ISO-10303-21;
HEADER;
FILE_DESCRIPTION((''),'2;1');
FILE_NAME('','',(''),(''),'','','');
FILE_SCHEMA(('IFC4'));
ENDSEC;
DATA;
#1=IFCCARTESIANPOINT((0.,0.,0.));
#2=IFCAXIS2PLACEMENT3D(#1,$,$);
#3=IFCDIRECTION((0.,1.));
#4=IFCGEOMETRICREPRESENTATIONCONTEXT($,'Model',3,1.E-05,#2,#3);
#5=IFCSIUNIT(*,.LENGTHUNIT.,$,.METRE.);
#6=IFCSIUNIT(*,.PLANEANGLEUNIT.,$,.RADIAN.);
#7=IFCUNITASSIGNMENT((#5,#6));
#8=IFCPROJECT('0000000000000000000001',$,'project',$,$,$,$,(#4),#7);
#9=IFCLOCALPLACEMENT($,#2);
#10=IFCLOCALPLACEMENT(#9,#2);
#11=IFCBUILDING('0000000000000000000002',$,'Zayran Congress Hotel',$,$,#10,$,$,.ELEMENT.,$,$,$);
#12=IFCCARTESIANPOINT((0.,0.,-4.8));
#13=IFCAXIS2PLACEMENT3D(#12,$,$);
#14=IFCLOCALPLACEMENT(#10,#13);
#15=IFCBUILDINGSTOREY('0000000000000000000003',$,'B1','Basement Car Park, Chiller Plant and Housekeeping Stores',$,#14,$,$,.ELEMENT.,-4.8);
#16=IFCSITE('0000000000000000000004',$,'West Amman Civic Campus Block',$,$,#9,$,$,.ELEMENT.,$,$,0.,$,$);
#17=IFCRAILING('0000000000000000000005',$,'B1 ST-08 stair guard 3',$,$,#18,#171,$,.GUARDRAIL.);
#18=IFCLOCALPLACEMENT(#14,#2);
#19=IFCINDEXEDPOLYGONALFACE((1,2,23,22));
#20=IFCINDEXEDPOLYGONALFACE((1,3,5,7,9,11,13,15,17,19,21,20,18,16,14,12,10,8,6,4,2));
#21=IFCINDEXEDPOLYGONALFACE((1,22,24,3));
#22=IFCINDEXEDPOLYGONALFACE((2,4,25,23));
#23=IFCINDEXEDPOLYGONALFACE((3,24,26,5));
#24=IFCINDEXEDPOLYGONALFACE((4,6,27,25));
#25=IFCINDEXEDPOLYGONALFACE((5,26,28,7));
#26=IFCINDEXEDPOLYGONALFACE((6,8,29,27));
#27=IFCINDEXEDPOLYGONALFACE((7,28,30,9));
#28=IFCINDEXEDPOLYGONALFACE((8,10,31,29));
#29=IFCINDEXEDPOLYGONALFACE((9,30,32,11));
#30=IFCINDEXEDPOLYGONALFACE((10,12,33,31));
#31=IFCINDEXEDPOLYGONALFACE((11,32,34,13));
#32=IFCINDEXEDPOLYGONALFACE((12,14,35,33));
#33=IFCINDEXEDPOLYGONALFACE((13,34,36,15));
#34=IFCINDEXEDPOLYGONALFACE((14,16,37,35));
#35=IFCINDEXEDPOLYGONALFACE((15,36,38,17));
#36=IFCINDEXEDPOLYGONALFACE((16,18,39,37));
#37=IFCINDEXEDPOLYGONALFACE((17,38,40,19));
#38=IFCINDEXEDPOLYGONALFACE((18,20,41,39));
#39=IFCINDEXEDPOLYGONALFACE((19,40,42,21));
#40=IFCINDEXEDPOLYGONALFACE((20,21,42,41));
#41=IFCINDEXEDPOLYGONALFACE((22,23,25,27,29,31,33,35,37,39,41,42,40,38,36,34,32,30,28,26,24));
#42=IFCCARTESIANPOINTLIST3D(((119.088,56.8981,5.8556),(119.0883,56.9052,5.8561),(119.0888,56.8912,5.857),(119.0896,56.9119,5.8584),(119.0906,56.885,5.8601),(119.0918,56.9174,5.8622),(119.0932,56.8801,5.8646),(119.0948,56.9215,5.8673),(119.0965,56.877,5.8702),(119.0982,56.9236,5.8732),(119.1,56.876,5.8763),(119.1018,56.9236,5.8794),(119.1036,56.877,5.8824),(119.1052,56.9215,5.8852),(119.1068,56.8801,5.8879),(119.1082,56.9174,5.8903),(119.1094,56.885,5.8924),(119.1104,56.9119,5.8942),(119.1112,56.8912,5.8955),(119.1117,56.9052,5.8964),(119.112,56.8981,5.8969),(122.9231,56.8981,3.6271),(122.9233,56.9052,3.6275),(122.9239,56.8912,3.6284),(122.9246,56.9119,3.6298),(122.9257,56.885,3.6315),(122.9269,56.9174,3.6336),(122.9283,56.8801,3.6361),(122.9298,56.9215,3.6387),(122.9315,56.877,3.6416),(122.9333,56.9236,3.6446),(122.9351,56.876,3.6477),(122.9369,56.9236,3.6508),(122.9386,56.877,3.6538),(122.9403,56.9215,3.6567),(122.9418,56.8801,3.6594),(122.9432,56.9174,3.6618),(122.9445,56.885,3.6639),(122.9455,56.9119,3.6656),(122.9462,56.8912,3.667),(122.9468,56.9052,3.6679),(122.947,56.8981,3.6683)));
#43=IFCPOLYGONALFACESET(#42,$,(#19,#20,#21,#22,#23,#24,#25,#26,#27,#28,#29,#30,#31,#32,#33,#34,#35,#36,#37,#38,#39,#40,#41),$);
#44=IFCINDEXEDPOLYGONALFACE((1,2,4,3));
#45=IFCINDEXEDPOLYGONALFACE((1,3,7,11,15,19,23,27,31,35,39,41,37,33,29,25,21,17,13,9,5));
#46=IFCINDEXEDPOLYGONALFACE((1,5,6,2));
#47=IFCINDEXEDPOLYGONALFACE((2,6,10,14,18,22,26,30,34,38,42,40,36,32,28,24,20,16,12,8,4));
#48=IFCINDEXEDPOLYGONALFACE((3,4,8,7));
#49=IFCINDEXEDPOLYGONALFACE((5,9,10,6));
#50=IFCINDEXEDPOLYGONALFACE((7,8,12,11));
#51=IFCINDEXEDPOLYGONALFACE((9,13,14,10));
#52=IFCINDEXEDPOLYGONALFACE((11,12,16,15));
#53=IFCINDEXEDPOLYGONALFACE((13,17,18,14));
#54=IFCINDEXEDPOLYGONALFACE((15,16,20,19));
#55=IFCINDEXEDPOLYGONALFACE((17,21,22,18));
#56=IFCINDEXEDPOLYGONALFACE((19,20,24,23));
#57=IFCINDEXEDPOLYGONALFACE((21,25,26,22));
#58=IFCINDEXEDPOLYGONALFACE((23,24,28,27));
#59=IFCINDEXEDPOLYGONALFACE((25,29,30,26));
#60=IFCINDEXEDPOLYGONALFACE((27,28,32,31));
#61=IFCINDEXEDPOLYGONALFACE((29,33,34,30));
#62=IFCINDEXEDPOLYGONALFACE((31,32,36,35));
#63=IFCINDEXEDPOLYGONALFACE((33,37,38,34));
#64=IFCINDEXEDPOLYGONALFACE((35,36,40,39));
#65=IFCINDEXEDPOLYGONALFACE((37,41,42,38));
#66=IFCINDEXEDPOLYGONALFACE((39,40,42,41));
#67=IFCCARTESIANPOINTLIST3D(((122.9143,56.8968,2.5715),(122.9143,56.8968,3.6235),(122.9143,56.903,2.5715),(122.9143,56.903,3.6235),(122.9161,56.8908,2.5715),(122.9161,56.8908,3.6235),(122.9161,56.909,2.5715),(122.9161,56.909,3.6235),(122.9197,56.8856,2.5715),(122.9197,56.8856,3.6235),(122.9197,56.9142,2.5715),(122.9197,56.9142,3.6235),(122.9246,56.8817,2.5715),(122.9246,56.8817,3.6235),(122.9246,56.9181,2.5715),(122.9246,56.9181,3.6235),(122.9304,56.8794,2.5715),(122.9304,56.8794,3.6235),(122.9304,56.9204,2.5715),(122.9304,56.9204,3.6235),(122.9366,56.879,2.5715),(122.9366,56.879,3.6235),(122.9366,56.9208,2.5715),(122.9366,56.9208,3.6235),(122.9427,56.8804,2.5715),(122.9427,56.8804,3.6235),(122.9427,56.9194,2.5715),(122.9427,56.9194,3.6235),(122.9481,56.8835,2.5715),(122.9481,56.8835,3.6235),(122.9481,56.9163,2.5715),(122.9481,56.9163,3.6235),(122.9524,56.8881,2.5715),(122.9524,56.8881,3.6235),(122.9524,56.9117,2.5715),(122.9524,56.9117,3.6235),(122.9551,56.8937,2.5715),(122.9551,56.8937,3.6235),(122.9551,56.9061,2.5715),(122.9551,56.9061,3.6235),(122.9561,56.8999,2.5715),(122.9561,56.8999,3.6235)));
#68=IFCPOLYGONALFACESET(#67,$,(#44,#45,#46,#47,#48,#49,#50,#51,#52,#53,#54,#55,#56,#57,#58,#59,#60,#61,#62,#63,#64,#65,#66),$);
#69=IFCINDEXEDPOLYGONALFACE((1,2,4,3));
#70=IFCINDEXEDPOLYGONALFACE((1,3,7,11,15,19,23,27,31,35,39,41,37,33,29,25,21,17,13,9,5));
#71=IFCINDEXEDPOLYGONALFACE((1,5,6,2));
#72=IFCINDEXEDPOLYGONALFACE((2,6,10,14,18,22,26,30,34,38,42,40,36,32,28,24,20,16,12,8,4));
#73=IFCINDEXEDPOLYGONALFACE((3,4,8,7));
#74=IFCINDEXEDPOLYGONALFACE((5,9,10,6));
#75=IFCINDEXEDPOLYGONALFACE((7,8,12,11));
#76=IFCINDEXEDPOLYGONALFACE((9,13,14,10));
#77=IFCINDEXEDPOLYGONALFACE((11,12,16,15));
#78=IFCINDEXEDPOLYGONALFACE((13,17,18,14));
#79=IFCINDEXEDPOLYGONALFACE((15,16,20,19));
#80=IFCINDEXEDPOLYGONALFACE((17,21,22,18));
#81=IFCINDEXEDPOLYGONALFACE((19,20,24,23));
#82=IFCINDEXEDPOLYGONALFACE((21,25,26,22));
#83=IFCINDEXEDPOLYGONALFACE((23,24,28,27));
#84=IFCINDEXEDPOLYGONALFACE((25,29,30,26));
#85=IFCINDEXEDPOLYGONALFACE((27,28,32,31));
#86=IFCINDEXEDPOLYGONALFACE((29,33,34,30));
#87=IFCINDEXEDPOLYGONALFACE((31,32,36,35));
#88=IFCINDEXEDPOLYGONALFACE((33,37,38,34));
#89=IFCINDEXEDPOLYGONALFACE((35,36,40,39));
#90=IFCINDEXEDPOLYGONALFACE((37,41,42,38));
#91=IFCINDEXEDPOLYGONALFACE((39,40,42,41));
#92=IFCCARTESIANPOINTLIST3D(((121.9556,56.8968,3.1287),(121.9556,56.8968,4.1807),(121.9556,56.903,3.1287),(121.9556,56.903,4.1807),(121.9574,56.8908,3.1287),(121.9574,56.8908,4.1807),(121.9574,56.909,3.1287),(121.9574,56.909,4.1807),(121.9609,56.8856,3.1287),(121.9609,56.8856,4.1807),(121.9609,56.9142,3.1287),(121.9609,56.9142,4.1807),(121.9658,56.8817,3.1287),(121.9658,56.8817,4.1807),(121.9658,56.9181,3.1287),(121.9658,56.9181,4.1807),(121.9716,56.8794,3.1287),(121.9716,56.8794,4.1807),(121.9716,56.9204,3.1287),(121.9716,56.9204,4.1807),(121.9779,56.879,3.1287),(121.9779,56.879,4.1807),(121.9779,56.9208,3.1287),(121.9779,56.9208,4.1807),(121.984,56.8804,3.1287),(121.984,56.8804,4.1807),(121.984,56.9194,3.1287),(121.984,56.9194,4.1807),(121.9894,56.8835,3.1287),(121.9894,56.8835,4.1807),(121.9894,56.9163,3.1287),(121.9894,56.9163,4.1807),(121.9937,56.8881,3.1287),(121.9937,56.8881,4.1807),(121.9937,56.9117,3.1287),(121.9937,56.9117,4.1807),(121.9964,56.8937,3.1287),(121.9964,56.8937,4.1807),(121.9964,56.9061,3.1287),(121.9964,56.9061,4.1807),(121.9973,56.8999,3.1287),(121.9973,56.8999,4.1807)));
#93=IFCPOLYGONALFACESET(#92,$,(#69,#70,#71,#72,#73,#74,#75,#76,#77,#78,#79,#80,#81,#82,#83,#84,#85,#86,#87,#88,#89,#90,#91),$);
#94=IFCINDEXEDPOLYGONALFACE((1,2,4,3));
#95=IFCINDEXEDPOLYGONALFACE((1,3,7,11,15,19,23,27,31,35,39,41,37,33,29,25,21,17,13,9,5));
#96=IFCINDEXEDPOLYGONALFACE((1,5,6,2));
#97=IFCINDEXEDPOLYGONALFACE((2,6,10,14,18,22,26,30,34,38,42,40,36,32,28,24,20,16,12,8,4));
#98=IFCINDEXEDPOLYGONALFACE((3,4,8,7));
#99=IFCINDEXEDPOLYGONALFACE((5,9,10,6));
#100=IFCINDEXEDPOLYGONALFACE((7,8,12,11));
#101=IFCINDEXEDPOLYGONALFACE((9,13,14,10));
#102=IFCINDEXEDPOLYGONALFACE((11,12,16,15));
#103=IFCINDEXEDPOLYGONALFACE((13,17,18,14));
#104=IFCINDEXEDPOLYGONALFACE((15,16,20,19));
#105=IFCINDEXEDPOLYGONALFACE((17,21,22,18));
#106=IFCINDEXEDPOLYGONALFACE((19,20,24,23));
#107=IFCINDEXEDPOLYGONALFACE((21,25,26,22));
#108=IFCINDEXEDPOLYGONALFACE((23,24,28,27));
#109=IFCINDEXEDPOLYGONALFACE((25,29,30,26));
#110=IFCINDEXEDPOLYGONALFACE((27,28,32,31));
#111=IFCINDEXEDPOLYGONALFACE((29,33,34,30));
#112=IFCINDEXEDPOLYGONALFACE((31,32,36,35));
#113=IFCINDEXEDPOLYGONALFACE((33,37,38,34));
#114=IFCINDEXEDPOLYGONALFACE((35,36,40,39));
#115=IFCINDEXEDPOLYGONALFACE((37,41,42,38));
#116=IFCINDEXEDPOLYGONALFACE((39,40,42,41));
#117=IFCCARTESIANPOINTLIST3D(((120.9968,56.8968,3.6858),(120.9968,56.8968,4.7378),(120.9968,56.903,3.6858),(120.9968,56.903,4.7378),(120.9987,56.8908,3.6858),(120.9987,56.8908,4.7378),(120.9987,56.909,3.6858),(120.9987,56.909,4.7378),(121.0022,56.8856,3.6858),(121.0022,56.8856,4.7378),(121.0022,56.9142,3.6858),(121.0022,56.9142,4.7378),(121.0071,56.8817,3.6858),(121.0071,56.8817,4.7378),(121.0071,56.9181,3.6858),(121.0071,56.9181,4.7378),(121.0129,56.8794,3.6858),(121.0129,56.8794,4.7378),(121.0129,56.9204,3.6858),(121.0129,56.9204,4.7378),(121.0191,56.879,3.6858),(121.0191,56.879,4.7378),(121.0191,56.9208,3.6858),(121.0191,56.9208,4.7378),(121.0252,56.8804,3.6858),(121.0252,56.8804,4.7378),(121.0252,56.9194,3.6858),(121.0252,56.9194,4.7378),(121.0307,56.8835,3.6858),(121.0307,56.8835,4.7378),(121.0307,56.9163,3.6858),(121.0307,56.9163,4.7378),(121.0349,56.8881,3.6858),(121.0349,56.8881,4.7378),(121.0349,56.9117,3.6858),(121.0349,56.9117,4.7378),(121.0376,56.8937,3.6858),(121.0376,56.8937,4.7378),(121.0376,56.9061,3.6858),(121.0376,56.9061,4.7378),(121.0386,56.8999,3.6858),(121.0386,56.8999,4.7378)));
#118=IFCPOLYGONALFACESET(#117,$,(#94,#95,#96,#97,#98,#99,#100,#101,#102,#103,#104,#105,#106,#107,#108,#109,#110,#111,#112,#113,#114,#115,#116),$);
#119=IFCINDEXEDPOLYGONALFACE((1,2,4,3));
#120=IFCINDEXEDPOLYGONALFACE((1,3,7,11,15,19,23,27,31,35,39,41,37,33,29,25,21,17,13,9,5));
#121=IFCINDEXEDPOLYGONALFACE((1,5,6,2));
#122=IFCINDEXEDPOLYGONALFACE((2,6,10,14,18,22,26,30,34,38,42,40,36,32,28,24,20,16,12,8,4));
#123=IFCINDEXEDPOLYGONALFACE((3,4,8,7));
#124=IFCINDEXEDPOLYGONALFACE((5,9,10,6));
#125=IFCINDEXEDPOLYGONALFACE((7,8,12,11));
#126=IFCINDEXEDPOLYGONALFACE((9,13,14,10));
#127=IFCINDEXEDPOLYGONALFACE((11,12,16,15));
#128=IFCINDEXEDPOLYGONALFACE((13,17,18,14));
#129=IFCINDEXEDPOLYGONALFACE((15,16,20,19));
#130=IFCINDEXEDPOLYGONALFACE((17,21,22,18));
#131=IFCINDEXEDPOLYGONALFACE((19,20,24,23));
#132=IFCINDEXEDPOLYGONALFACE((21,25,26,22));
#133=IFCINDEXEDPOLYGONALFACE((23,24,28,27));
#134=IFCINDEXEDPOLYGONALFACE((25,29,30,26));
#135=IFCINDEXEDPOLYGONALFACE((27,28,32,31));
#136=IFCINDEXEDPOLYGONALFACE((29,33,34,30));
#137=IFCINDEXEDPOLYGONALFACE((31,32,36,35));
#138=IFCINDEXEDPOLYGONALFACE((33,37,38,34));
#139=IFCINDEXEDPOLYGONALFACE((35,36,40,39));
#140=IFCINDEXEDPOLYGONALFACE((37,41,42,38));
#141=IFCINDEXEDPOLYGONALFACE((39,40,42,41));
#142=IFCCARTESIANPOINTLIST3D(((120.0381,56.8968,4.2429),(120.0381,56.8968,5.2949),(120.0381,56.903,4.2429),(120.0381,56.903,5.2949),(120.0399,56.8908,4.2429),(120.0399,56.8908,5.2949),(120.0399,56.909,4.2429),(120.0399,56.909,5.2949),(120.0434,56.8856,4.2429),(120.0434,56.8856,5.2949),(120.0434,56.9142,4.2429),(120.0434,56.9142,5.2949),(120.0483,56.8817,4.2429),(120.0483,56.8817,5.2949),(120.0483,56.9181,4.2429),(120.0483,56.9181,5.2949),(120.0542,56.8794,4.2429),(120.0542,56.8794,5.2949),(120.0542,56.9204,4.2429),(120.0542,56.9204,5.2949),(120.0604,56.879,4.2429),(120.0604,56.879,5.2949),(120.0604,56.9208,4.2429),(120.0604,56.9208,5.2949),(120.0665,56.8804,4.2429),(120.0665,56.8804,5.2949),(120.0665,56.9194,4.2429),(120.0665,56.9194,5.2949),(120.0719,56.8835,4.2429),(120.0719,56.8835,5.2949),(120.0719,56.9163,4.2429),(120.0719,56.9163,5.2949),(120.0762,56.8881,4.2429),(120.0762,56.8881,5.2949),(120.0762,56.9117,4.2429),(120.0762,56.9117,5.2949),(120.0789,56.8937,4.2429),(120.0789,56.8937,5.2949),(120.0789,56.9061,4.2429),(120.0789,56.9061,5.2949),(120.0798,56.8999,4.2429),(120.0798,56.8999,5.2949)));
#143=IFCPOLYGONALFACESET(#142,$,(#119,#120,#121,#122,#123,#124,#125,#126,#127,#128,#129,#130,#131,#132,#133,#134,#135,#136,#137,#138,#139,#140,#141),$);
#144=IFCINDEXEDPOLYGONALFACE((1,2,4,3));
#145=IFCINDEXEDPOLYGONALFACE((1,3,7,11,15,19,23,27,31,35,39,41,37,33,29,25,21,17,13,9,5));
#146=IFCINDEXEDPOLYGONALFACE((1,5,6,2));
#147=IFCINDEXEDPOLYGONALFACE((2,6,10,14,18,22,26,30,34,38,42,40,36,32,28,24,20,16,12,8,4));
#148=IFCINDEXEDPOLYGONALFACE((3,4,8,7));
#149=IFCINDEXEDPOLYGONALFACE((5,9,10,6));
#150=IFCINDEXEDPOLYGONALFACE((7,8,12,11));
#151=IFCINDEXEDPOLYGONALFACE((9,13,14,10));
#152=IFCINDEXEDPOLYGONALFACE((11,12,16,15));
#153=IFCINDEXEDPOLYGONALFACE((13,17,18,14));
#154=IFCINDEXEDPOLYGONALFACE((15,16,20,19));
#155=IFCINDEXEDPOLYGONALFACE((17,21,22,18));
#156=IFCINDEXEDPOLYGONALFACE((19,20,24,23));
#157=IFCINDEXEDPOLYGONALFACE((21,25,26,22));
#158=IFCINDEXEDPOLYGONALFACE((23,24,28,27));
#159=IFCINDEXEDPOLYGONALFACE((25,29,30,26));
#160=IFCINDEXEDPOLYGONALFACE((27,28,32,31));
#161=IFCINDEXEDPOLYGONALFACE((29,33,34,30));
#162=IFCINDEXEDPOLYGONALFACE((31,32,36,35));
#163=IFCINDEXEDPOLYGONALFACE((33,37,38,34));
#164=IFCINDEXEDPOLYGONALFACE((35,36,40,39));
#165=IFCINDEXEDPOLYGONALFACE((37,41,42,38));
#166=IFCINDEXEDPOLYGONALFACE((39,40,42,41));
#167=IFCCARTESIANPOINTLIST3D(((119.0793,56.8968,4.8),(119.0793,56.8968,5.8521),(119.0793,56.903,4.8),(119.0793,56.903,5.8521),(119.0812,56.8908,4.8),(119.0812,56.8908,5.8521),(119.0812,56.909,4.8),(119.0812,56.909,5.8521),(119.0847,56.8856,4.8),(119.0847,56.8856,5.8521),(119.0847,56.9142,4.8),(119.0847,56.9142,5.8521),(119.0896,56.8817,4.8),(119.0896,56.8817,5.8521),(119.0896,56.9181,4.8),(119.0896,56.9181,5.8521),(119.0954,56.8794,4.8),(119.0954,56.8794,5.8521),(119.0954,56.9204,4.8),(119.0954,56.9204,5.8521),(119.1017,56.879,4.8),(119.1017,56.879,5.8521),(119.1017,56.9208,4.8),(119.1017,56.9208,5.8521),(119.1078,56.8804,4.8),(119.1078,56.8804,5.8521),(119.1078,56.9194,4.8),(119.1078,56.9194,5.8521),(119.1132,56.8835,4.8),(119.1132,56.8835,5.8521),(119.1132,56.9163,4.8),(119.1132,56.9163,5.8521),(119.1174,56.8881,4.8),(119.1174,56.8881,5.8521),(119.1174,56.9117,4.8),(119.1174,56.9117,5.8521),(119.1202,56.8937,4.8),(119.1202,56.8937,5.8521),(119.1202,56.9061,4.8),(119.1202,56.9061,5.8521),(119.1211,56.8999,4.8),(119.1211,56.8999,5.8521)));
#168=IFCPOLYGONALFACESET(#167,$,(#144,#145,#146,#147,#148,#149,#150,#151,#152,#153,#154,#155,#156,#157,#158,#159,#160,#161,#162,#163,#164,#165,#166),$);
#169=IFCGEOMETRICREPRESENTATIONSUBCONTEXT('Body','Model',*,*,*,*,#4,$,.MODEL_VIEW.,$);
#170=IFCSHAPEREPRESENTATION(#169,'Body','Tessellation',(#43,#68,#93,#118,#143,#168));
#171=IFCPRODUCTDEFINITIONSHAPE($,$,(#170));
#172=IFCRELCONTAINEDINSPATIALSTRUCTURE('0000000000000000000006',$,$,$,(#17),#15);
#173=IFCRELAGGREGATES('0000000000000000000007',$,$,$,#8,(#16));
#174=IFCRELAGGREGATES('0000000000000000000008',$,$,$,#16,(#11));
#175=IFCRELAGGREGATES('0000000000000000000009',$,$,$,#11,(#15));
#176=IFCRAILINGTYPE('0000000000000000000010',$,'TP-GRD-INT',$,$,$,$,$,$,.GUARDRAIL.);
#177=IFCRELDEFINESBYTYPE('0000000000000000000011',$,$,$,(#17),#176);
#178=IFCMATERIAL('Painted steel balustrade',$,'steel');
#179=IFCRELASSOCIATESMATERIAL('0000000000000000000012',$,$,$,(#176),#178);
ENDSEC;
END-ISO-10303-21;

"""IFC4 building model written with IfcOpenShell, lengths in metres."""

from ifc_helpers import new_model, si_unit, direction, frame, origin, origin_2d, place, context, subcontext, project, spatial, circle, extrude, material, type_object, element, save


model = new_model("IFC4")

# Units and contexts
model_context = context("Model", 3, precision=1e-05, world=origin(), true_north=direction((0.0, 1.0)))
body_context = subcontext(model_context, "Body", "Model", "MODEL_VIEW")
ifc_project = project(units=[si_unit("LENGTHUNIT", "METRE"), si_unit("PLANEANGLEUNIT", "RADIAN")], contexts=[model_context])

# Site, building, storey
site_placement = place(None, origin())
site = spatial("IfcSite", under=ifc_project, at=site_placement, Name="West Amman Civic Campus Block", CompositionType="ELEMENT", RefElevation=0.0)
building_placement = place(site_placement, origin())
building = spatial("IfcBuilding", under=site, at=building_placement, Name="Zayran Congress Hotel", CompositionType="ELEMENT")
storey_placement = place(building_placement, frame((0.0, 0.0, -4.8)))
storey = spatial("IfcBuildingStorey", under=building, at=storey_placement, Name="B1", Description="Basement Car Park, Chiller Plant and Housekeeping Stores", CompositionType="ELEMENT", Elevation=-4.8)

# Railing
ifc_material_1 = material(Name="Painted steel balustrade", Category="steel")
railing_type_1 = type_object("IfcRailingType", Name="TP-GRD-INT", PredefinedType="GUARDRAIL", material=ifc_material_1)
railing_1_placement = place(storey_placement, frame((122.9351, 56.8999, 2.5715)))
element("IfcRailing", 1, at=railing_1_placement, inside=storey, type_object=railing_type_1, Name="B1 ST-08 stair guard 3", PredefinedType="GUARDRAIL", context=body_context, shape_type="SweptSolid", body=[
    extrude(circle(Radius=0.0239, at=origin_2d()), frame((0.0, 0.0, 1.0762), z_axis=(-0.864616, 0.0, 0.502433), x_axis=(0.0, -1.0, 0.0)), (0.0, 0.0, 1.0), 4.4355),
    extrude(circle(Radius=0.021, at=origin_2d()), origin(), (0.0, 0.0, 1.0), 1.052),
    extrude(circle(Radius=0.021, at=origin_2d()), frame((-0.9587, 0.0, 0.5571)), (0.0, 0.0, 1.0), 1.052),
    extrude(circle(Radius=0.021, at=origin_2d()), frame((-1.9175, 0.0, 1.1143)), (0.0, 0.0, 1.0), 1.052),
    extrude(circle(Radius=0.021, at=origin_2d()), frame((-2.8762, 0.0, 1.6714)), (0.0, 0.0, 1.0), 1.052),
    extrude(circle(Radius=0.021, at=origin_2d()), frame((-3.835, 0.0, 2.2285)), (0.0, 0.0, 1.0), 1.052),
])

save(model, "model.ifc")
